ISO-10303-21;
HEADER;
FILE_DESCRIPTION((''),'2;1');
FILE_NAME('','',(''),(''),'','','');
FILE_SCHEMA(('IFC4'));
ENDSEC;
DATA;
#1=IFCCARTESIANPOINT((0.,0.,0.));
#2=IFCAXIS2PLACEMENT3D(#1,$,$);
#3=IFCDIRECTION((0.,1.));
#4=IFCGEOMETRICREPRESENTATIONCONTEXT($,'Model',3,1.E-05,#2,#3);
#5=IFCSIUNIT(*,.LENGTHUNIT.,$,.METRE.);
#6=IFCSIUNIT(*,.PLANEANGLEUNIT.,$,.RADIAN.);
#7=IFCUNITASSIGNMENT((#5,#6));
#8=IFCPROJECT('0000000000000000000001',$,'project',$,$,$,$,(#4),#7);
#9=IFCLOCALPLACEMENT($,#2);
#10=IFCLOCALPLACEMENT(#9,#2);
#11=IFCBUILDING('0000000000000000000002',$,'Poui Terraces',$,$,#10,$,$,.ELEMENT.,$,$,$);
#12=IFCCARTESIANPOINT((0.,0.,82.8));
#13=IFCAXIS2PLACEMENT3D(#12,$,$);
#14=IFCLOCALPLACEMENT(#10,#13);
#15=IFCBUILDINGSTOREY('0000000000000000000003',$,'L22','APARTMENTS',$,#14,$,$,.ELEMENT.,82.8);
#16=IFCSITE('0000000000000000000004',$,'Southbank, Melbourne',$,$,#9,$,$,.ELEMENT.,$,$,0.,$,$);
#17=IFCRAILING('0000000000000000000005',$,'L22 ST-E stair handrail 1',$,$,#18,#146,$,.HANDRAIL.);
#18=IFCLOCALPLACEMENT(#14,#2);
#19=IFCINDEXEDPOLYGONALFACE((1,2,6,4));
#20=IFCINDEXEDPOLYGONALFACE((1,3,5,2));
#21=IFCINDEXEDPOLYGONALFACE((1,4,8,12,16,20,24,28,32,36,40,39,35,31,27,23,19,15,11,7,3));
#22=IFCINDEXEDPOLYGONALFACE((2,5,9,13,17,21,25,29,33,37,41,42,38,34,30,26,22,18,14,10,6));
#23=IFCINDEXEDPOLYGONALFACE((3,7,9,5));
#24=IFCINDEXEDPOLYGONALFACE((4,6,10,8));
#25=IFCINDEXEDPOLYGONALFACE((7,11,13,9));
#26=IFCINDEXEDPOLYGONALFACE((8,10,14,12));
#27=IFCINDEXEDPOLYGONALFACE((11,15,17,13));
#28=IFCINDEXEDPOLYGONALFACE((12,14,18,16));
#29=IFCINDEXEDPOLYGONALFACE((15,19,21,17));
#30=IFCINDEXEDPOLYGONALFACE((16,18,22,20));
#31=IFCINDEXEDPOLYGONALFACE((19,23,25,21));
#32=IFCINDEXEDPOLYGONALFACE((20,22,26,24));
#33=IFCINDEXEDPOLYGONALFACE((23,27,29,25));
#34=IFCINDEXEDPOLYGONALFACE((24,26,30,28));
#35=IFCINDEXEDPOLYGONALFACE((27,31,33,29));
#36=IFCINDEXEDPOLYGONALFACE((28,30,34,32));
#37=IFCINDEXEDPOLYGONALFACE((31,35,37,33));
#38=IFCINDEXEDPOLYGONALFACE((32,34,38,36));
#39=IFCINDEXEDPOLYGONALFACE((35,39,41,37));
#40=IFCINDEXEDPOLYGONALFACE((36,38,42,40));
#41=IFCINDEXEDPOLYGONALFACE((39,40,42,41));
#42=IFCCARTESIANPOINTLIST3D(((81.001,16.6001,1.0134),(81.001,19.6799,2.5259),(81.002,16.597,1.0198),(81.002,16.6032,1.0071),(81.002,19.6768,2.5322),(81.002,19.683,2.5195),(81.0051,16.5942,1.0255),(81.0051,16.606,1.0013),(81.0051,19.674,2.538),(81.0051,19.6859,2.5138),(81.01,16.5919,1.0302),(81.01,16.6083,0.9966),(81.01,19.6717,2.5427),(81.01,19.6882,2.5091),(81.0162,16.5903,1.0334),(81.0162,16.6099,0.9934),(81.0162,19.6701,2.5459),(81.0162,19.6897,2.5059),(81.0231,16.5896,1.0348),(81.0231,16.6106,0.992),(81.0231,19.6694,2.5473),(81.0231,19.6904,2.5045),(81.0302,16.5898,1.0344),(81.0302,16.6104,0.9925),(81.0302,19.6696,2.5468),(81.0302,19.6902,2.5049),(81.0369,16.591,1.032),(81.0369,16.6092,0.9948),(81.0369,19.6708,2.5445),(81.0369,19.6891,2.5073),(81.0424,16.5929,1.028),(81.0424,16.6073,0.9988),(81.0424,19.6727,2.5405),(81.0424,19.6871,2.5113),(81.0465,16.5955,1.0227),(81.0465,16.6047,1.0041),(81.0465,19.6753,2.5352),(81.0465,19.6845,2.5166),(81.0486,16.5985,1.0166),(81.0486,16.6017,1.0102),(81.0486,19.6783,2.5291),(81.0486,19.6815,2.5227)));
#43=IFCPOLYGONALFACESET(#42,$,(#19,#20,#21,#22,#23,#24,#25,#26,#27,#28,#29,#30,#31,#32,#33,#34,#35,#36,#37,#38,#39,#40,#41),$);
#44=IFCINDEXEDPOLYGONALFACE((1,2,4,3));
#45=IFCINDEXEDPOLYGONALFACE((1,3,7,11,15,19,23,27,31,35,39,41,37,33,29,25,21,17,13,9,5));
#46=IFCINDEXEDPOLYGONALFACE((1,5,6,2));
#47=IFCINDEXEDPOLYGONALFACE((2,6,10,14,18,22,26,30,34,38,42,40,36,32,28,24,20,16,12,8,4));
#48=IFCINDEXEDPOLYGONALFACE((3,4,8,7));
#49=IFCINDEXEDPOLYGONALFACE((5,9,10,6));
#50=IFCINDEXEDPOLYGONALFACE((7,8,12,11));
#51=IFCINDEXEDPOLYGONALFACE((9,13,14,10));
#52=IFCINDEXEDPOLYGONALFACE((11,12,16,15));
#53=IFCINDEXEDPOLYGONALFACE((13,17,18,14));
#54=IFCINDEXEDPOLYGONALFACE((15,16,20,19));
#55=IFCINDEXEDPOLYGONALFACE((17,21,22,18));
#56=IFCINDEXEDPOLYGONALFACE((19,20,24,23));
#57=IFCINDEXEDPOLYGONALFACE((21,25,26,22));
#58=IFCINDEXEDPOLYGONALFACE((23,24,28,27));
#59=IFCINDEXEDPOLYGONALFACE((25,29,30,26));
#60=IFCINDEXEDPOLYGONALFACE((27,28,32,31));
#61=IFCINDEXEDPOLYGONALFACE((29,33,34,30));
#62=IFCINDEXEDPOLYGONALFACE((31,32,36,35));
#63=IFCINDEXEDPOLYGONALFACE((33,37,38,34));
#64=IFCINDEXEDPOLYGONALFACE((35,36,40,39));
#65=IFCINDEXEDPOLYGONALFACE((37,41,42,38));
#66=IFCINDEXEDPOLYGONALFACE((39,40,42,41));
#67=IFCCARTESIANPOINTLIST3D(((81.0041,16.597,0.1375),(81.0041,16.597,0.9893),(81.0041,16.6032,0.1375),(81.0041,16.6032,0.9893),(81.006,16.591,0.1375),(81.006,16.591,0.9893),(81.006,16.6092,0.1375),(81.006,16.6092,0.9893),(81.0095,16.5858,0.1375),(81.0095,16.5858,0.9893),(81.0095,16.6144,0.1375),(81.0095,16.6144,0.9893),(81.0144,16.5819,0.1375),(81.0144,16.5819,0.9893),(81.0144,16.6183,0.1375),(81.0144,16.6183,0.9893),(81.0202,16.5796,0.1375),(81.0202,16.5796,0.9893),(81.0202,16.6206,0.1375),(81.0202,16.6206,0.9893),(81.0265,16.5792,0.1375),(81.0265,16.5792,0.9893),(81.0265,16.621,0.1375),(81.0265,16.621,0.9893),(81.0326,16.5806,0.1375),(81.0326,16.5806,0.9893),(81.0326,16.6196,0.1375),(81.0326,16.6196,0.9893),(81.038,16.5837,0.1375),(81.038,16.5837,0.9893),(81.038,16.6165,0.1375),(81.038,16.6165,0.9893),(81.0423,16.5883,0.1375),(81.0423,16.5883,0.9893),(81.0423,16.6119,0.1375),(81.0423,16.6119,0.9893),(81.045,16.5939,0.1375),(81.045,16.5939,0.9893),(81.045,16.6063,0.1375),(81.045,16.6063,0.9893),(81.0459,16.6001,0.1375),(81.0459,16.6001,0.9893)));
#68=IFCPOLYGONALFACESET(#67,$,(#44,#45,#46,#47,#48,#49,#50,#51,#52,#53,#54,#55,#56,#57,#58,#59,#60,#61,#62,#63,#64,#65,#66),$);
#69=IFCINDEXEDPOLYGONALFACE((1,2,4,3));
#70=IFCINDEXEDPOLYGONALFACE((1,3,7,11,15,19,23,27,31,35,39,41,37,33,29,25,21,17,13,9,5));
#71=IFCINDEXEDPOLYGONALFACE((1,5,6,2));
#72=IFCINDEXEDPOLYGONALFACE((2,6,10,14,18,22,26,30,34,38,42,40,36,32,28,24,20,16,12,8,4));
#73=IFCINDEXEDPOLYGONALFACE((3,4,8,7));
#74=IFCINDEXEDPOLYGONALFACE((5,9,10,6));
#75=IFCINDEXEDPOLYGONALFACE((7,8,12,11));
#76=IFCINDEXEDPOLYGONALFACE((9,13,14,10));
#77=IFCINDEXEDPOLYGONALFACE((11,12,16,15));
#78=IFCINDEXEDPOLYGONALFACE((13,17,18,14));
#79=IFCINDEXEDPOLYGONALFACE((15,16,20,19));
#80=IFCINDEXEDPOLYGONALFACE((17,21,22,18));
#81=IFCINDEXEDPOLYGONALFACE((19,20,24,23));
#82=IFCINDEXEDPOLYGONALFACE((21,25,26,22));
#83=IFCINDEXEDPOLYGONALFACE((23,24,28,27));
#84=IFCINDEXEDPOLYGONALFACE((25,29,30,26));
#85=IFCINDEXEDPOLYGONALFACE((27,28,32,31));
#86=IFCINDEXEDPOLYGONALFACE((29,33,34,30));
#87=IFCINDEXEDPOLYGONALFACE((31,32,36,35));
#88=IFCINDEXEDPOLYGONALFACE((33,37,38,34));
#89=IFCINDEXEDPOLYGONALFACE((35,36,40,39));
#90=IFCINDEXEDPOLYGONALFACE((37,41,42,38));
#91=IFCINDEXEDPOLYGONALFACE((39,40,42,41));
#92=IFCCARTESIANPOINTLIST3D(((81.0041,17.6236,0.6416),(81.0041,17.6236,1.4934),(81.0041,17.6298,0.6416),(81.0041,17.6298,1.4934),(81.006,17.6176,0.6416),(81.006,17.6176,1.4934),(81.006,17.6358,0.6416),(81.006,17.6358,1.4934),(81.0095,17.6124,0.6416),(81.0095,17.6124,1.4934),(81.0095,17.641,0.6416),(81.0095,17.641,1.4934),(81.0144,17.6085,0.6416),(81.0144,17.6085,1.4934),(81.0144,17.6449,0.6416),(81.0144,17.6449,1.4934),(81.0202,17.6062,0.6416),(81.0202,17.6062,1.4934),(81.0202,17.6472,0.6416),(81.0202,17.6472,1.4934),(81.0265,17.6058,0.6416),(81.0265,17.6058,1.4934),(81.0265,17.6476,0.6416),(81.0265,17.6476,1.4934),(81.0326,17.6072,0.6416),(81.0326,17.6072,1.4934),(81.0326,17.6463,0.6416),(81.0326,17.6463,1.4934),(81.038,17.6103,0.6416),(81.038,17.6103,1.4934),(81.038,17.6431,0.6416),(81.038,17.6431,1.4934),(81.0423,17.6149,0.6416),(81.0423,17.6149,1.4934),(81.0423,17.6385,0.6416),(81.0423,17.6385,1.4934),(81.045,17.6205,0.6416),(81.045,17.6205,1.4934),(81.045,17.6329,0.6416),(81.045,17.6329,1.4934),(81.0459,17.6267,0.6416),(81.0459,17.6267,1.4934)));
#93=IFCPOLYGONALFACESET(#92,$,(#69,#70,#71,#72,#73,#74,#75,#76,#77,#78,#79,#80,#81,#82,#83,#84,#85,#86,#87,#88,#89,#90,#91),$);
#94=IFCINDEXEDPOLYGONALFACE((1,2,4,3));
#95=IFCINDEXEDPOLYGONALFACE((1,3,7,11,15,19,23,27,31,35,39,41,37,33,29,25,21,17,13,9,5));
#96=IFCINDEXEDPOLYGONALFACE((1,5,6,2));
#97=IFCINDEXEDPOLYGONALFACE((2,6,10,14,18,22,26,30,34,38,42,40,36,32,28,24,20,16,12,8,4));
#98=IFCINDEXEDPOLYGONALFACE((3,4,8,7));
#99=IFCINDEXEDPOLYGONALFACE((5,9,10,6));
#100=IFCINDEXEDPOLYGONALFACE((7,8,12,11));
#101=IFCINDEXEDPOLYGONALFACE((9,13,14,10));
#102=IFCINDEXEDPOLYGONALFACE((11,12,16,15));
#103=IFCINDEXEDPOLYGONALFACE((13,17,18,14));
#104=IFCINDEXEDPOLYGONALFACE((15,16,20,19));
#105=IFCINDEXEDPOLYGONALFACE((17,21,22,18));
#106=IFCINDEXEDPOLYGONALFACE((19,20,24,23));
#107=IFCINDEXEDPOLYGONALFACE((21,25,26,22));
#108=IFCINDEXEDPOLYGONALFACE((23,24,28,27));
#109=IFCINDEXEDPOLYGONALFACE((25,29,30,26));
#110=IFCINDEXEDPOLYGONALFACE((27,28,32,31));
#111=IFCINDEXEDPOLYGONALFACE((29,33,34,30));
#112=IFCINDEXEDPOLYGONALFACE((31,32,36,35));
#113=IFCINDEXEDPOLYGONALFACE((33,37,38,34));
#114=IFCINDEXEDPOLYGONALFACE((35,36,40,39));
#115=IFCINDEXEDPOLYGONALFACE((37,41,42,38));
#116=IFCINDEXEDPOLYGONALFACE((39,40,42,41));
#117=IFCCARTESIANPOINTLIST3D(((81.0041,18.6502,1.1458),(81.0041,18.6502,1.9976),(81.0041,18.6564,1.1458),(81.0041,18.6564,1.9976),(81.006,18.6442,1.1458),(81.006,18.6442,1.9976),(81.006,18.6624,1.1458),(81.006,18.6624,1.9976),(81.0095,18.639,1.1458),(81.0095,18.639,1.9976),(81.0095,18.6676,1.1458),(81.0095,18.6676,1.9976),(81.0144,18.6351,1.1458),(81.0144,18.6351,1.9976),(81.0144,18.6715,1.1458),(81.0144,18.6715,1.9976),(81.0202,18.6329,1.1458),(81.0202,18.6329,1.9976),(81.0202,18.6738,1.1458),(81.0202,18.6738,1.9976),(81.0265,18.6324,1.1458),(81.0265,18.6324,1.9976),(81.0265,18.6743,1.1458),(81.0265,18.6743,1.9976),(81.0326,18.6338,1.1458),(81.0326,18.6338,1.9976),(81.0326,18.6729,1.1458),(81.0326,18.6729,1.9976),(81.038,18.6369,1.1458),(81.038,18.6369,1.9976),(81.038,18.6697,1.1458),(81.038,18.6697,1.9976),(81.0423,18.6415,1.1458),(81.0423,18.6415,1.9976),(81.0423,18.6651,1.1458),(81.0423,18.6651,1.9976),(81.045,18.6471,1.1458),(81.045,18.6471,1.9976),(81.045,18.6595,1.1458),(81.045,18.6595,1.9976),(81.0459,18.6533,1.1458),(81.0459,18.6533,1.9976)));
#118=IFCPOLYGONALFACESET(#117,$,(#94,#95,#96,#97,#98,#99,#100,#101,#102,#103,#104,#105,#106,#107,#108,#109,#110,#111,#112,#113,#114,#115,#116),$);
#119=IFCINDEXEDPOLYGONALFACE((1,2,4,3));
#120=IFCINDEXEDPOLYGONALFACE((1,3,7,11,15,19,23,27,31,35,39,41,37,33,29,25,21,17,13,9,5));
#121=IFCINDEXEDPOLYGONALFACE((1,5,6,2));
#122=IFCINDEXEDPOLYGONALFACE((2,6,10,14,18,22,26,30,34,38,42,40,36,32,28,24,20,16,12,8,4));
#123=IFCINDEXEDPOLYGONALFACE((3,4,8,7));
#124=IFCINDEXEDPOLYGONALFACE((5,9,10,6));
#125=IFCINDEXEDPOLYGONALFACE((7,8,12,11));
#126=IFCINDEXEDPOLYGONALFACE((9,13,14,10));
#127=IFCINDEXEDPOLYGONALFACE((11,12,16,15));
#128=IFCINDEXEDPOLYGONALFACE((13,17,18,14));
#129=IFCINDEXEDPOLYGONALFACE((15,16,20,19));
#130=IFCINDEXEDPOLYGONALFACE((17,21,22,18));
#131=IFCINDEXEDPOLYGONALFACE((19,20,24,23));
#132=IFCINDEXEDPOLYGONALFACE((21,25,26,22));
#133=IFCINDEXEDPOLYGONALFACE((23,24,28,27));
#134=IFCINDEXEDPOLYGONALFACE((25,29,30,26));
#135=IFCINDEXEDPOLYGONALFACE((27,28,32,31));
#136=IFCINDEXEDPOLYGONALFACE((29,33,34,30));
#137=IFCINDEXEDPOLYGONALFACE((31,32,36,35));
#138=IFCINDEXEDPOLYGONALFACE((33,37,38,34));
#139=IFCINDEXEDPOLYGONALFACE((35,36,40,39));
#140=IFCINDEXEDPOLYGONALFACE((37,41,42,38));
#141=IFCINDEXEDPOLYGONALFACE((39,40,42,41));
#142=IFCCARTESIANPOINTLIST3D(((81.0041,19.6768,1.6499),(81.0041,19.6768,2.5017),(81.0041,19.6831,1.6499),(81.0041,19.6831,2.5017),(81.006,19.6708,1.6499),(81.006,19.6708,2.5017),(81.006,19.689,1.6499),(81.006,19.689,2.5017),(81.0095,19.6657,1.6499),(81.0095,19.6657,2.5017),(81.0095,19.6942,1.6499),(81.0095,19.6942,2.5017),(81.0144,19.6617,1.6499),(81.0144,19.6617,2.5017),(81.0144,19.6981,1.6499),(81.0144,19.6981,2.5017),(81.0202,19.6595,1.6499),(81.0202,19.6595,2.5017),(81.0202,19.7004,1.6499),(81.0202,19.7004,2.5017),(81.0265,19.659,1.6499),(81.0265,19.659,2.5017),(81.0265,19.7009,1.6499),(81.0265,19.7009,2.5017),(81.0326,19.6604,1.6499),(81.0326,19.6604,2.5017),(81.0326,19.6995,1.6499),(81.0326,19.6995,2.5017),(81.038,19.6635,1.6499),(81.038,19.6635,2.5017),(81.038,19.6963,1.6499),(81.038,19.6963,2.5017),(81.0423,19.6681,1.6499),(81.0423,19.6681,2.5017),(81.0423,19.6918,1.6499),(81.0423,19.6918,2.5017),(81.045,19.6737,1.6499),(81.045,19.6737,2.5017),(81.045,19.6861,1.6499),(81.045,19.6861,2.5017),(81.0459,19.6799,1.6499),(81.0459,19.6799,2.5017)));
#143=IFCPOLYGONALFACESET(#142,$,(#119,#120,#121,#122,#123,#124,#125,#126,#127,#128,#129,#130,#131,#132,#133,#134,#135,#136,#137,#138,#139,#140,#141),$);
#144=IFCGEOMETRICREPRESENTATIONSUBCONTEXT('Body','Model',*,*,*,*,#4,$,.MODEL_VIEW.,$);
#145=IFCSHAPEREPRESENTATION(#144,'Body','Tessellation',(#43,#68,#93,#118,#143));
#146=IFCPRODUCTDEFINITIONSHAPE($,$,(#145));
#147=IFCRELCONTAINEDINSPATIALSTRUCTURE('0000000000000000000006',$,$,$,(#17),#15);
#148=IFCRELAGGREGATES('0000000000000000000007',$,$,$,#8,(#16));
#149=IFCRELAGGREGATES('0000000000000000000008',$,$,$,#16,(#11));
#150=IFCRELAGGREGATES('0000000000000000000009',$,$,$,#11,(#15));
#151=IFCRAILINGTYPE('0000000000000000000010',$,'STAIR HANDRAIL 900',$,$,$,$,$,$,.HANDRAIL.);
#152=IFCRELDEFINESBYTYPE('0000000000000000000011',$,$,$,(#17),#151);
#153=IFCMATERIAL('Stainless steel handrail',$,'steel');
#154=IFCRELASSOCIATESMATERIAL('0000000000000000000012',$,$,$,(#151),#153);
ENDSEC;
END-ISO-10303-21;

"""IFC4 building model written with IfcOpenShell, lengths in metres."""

from ifc_helpers import new_model, si_unit, direction, frame, origin, origin_2d, place, context, subcontext, project, spatial, circle, extrude, material, type_object, element, save


model = new_model("IFC4")

# Units and contexts
model_context = context("Model", 3, precision=1e-05, world=origin(), true_north=direction((0.0, 1.0)))
body_context = subcontext(model_context, "Body", "Model", "MODEL_VIEW")
ifc_project = project(units=[si_unit("LENGTHUNIT", "METRE"), si_unit("PLANEANGLEUNIT", "RADIAN")], contexts=[model_context])

# Site, building, storey
site_placement = place(None, origin())
site = spatial("IfcSite", under=ifc_project, at=site_placement, Name="Southbank, Melbourne", CompositionType="ELEMENT", RefElevation=0.0)
building_placement = place(site_placement, origin())
building = spatial("IfcBuilding", under=site, at=building_placement, Name="Poui Terraces", CompositionType="ELEMENT")
storey_placement = place(building_placement, frame((0.0, 0.0, 82.8)))
storey = spatial("IfcBuildingStorey", under=building, at=storey_placement, Name="L22", Description="APARTMENTS", CompositionType="ELEMENT", Elevation=82.8)

# Railing
ifc_material_1 = material(Name="Stainless steel handrail", Category="steel")
railing_type_1 = type_object("IfcRailingType", Name="STAIR HANDRAIL 900", PredefinedType="HANDRAIL", material=ifc_material_1)
railing_1_placement = place(storey_placement, frame((81.0249, 16.6001, 0.1375)))
element("IfcRailing", 1, at=railing_1_placement, inside=storey, type_object=railing_type_1, Name="L22 ST-E stair handrail 1", PredefinedType="HANDRAIL", context=body_context, shape_type="SweptSolid", body=[
    extrude(circle(Radius=0.0239, at=origin_2d()), frame((0.0, 0.0, 0.876), z_axis=(0.0, 0.897606, 0.440798), x_axis=(-1.0, 0.0, 0.0)), (0.0, 0.0, 1.0), 3.4312),
    extrude(circle(Radius=0.021, at=origin_2d()), origin(), (0.0, 0.0, 1.0), 0.8518),
    extrude(circle(Radius=0.021, at=origin_2d()), frame((0.0, 1.0266, 0.5042)), (0.0, 0.0, 1.0), 0.8518),
    extrude(circle(Radius=0.021, at=origin_2d()), frame((0.0, 2.0532, 1.0083)), (0.0, 0.0, 1.0), 0.8518),
    extrude(circle(Radius=0.021, at=origin_2d()), frame((0.0, 3.0798, 1.5125)), (0.0, 0.0, 1.0), 0.8518),
])

save(model, "model.ifc")
